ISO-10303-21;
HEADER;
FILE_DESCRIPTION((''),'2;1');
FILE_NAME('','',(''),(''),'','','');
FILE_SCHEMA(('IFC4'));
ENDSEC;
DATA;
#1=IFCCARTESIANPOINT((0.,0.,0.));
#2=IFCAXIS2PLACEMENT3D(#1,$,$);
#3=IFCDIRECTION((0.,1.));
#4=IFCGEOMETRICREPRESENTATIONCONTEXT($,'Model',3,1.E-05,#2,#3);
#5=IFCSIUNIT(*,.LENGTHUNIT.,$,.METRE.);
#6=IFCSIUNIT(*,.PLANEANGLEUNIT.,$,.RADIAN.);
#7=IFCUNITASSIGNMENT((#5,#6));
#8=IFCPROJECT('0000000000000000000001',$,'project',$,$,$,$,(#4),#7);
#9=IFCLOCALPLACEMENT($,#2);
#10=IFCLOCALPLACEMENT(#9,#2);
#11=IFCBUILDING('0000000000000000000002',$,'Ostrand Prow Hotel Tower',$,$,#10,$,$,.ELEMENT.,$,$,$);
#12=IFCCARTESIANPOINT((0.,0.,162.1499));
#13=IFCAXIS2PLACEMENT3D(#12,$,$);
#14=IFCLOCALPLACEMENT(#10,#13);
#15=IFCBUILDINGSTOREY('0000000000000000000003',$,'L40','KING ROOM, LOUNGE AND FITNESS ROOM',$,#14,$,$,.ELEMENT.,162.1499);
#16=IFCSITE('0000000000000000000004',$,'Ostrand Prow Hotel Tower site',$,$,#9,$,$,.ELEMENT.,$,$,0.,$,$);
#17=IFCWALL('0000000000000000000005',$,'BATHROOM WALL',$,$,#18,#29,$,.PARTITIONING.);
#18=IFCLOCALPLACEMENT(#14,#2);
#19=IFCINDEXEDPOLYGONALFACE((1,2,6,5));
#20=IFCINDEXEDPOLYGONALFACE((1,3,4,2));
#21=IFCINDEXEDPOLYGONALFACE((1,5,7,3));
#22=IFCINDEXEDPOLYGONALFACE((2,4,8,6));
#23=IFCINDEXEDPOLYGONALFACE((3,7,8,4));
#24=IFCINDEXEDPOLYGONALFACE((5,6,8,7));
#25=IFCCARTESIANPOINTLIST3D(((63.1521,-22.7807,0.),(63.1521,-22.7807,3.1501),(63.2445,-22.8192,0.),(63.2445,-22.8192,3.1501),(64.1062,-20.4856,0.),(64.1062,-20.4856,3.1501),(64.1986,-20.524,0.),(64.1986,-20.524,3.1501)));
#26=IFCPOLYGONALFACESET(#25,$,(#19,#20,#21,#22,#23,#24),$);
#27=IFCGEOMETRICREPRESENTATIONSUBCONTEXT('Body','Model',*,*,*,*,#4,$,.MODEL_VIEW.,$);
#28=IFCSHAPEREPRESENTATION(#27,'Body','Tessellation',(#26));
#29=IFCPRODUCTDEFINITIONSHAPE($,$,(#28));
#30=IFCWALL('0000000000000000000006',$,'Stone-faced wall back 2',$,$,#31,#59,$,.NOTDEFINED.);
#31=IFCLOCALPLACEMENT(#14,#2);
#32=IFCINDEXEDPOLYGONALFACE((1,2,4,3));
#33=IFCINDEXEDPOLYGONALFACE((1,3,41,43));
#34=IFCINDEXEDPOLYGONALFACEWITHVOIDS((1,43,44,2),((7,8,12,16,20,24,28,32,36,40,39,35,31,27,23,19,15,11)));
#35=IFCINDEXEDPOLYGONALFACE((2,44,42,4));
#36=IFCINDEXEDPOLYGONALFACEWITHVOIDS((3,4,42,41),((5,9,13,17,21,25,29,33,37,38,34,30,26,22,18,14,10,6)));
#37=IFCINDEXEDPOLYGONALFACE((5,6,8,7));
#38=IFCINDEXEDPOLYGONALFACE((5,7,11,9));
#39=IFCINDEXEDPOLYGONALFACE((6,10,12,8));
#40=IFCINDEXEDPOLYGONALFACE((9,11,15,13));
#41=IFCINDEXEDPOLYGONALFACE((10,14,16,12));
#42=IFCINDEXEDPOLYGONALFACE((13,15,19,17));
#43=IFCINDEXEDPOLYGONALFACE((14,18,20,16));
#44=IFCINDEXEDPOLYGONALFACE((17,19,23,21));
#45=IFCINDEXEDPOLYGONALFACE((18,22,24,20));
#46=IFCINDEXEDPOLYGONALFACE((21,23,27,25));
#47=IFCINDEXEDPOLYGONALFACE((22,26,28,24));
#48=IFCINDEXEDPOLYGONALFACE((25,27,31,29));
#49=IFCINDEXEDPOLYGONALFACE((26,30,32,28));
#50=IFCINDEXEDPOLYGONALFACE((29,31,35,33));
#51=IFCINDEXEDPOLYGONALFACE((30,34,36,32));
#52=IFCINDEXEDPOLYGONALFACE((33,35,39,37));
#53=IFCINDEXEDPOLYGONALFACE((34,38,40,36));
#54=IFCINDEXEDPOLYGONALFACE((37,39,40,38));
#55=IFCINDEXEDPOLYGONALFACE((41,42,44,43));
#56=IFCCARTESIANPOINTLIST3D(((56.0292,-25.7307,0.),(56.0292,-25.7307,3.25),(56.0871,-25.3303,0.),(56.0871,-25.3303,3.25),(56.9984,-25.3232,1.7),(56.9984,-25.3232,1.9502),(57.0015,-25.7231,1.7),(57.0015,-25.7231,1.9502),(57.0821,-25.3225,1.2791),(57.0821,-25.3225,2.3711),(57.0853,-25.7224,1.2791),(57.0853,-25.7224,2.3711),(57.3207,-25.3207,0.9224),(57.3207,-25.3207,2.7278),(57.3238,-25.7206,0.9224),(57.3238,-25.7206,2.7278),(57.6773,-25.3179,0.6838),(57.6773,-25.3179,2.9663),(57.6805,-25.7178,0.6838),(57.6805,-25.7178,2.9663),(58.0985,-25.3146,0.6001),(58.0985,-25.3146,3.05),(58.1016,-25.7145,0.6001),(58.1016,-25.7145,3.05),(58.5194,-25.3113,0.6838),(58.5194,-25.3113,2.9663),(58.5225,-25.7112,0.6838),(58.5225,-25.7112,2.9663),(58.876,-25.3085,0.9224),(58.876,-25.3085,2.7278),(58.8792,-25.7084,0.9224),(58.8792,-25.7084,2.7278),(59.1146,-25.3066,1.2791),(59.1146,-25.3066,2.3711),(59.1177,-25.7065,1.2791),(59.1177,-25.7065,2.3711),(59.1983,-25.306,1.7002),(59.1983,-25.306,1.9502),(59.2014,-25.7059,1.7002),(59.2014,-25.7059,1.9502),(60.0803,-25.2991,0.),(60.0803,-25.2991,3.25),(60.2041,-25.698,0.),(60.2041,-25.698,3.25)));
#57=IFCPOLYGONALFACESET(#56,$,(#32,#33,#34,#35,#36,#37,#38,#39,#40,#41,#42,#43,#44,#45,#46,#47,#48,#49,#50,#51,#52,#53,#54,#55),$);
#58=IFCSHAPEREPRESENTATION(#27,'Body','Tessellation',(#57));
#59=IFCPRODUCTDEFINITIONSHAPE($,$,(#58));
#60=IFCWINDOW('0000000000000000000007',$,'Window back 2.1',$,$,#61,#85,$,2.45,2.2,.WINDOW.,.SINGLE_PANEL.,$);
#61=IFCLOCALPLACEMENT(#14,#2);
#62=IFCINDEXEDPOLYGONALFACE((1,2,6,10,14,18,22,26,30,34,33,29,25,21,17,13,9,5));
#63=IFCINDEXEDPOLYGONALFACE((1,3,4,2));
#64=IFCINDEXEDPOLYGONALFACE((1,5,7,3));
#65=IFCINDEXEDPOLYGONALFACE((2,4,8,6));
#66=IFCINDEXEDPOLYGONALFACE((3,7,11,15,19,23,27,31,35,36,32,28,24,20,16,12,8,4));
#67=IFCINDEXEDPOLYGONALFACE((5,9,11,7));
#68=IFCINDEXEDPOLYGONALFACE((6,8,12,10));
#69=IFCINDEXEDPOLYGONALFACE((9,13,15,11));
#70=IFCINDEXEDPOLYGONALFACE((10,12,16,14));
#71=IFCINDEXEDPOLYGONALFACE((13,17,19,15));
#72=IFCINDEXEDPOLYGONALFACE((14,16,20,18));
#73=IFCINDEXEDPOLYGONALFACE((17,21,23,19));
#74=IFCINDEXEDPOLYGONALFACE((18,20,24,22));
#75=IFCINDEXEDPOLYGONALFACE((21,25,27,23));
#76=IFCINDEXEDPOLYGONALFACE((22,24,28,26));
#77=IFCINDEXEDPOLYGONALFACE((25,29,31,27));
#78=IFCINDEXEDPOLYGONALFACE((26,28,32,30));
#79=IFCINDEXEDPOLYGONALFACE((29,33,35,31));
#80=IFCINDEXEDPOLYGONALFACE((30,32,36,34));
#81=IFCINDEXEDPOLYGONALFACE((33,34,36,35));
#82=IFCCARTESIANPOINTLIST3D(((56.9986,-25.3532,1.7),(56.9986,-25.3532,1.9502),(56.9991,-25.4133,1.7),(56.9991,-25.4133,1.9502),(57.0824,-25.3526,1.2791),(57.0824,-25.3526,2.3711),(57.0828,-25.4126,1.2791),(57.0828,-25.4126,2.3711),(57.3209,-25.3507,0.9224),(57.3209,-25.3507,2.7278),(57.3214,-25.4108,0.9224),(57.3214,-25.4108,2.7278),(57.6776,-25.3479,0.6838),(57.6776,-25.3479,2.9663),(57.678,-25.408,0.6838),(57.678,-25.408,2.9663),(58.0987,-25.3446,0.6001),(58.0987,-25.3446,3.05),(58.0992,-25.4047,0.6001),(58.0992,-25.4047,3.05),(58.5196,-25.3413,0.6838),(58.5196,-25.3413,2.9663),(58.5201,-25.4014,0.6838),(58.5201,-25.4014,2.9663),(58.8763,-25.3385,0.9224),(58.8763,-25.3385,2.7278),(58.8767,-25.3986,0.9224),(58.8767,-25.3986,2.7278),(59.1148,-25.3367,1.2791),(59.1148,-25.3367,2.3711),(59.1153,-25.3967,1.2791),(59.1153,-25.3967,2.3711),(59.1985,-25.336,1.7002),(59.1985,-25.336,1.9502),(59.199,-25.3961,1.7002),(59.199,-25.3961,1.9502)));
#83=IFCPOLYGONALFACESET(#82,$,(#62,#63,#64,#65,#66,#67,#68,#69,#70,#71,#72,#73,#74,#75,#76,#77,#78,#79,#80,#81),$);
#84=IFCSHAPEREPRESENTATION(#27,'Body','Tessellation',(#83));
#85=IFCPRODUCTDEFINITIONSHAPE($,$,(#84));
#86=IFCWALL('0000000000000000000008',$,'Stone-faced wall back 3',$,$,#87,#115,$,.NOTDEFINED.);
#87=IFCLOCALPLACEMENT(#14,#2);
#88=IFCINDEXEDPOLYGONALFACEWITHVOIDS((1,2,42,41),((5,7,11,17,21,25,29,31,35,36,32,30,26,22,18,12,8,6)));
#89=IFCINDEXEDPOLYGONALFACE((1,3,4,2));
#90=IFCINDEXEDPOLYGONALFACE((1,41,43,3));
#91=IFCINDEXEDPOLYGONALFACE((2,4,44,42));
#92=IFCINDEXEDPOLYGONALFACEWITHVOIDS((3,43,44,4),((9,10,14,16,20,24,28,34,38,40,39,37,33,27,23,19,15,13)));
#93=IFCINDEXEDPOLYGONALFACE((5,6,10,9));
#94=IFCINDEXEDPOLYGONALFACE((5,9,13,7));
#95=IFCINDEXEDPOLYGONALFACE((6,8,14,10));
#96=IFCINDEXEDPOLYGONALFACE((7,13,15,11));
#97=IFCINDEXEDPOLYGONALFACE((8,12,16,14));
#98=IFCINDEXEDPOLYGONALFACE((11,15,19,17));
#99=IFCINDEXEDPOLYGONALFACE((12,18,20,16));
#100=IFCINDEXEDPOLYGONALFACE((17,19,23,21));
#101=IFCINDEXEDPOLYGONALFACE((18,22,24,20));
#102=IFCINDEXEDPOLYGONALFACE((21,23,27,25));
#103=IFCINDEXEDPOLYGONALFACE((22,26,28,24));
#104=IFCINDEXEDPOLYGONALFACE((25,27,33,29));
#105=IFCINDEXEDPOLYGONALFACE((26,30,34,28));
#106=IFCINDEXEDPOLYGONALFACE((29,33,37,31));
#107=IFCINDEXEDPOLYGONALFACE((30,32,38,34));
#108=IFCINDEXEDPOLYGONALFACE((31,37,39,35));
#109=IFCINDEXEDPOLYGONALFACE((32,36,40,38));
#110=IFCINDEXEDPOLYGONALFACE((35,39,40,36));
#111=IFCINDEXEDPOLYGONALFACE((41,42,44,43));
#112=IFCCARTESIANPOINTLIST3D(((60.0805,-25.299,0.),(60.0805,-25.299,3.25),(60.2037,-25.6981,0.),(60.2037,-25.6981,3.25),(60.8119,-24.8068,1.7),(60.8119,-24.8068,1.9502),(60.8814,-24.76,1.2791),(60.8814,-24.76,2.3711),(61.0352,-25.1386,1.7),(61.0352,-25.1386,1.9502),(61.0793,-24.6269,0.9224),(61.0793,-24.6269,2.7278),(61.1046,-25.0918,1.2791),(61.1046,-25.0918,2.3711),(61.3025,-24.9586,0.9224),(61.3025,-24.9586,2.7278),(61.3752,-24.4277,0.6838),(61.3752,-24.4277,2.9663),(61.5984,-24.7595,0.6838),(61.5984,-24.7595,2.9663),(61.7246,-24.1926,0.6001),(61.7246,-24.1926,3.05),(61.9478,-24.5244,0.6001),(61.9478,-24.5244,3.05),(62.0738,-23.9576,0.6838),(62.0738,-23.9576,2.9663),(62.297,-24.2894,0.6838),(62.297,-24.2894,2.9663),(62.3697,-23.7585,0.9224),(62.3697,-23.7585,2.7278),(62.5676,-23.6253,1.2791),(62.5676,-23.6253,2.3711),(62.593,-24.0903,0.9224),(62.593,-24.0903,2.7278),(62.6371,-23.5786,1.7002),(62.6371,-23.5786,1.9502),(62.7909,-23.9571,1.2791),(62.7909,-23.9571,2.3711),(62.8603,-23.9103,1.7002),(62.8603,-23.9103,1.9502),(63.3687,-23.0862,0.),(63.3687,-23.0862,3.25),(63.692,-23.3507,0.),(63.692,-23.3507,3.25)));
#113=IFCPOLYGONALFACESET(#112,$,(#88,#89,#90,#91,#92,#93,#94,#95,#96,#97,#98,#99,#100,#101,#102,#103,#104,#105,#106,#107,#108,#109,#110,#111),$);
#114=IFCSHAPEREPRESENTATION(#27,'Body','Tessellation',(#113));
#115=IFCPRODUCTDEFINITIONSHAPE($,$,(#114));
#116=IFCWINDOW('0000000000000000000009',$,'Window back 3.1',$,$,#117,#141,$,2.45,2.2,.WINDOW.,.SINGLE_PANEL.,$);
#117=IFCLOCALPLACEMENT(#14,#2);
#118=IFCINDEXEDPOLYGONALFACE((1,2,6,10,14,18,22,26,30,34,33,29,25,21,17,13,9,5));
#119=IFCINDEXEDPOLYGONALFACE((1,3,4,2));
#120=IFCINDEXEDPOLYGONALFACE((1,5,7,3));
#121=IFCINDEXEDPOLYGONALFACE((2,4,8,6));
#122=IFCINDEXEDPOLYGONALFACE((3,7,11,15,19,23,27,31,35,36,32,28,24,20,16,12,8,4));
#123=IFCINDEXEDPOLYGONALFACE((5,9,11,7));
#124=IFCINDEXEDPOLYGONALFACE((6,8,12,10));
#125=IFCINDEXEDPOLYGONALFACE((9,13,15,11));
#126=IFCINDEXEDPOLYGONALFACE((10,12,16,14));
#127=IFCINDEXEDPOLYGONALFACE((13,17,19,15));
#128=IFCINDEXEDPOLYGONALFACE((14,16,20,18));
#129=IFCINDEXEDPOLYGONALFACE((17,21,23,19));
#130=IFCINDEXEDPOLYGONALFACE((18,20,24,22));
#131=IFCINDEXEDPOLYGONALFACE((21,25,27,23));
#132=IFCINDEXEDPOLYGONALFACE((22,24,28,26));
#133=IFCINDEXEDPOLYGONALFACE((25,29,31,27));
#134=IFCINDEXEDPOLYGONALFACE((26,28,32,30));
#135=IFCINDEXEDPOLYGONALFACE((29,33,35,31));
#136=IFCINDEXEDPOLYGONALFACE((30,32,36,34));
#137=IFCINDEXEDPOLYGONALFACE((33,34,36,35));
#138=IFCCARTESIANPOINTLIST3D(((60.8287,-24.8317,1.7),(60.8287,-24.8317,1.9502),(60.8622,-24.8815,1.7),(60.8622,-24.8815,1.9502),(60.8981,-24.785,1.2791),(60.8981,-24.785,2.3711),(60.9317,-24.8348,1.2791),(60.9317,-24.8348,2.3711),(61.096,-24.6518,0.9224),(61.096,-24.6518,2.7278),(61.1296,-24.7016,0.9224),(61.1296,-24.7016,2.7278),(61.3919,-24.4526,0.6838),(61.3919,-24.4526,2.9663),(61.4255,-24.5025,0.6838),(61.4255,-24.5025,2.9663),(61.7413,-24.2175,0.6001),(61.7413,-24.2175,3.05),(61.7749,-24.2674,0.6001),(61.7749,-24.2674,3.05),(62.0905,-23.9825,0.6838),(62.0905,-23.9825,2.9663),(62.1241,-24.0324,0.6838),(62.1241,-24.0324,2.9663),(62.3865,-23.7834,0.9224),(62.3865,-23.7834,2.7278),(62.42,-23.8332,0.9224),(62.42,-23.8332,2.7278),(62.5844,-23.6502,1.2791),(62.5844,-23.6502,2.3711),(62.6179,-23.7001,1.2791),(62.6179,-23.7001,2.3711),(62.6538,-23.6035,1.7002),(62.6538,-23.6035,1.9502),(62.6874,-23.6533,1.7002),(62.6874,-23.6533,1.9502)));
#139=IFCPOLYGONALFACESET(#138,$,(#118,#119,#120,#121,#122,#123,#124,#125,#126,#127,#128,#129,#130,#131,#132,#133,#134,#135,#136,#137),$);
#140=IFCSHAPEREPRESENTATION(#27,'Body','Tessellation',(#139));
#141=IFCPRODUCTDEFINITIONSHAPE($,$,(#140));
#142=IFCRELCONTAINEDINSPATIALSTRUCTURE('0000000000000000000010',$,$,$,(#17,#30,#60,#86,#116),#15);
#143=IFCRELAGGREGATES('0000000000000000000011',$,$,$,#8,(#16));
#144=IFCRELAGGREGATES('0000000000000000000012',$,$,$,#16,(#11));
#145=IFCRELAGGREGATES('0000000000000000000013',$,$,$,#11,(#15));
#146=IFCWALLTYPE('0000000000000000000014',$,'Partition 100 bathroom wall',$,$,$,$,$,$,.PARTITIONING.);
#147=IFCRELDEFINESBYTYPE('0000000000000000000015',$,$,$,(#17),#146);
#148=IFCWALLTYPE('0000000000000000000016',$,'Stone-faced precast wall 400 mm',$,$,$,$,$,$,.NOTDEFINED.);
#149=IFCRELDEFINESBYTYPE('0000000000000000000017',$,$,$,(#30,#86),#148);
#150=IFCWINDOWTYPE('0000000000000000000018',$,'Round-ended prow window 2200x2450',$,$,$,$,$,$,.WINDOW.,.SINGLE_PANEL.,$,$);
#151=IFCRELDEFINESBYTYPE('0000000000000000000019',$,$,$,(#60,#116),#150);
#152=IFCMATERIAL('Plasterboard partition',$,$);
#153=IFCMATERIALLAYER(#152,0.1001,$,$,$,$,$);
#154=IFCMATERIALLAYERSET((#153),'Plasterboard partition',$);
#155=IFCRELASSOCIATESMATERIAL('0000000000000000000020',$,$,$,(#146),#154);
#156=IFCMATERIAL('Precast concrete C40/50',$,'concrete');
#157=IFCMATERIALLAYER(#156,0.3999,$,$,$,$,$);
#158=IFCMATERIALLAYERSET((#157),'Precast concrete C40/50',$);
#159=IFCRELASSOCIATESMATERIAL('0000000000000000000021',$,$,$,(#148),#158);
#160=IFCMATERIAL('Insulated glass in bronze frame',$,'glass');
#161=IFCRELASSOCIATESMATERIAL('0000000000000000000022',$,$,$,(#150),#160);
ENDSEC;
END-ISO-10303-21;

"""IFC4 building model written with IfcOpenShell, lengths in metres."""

from ifc_helpers import new_model, si_unit, direction, frame, frame_2d, origin, place, context, subcontext, project, spatial, polyline, rectangle, outline, extrude, material, layer, layer_set, type_object, element, fill, save


model = new_model("IFC4")

# Units and contexts
model_context = context("Model", 3, precision=1e-05, world=origin(), true_north=direction((0.0, 1.0)))
body_context = subcontext(model_context, "Body", "Model", "MODEL_VIEW")
ifc_project = project(units=[si_unit("LENGTHUNIT", "METRE"), si_unit("PLANEANGLEUNIT", "RADIAN")], contexts=[model_context])

# Site, building, storey
site_placement = place(None, origin())
site = spatial("IfcSite", under=ifc_project, at=site_placement, Name="Ostrand Prow Hotel Tower site", CompositionType="ELEMENT", RefElevation=0.0)
building_placement = place(site_placement, origin())
building = spatial("IfcBuilding", under=site, at=building_placement, Name="Ostrand Prow Hotel Tower", CompositionType="ELEMENT")
storey_placement = place(building_placement, frame((0.0, 0.0, 162.1499)))
storey = spatial("IfcBuildingStorey", under=building, at=storey_placement, Name="L40", Description="KING ROOM, LOUNGE AND FITNESS ROOM", CompositionType="ELEMENT", Elevation=162.1499)

# Shared definitions
ifc_material_1 = material(Name="Plasterboard partition")
ifc_layer_1 = layer(ifc_material_1, 0.1001)
ifc_layer_set_1 = layer_set([ifc_layer_1], Name="Plasterboard partition")
wall_type_1 = type_object("IfcWallType", Name="Partition 100 bathroom wall", PredefinedType="PARTITIONING", material=ifc_layer_set_1)

# Wall
wall_1_placement = place(storey_placement, frame((64.1523, -20.5049, 0.0), z_axis=(0.0, 0.0, 1.0), x_axis=(-0.383855, -0.923393, 0.0)))
element("IfcWall", 1, at=wall_1_placement, inside=storey, type_object=wall_type_1, Name="BATHROOM WALL", PredefinedType="PARTITIONING", context=body_context, shape_type="SweptSolid", body=[
    extrude(rectangle(XDim=2.4856, YDim=0.1001, at=frame_2d((1.2427, 0.0))), origin(), (0.0, 0.0, 1.0), 3.1501),
])

# Walls, openings, windows
ifc_material_2 = material(Name="Precast concrete C40/50", Category="concrete")
ifc_layer_2 = layer(ifc_material_2, 0.3999)
ifc_layer_set_2 = layer_set([ifc_layer_2], Name="Precast concrete C40/50")
wall_type_2 = type_object("IfcWallType", Name="Stone-faced precast wall 400 mm", PredefinedType="NOTDEFINED", material=ifc_layer_set_2)
wall_2_placement = place(storey_placement, frame((56.0581, -25.5305, 0.0), z_axis=(0.0, 0.0, 1.0), x_axis=(0.999969, 0.007831, 0.0)))
wall_2 = element("IfcWall", 2, at=wall_2_placement, inside=storey, type_object=wall_type_2, Name="Stone-faced wall back 2", PredefinedType="NOTDEFINED", context=body_context, shape_type="SweptSolid", body=[
    extrude(outline(polyline([(-0.0305, -0.2), (4.1445, -0.2), (4.0239, 0.2), (0.0305, 0.2), (-0.0305, -0.2)])), origin(), (0.0, 0.0, 1.0), 3.25),
])
opening_1_placement = place(wall_2_placement, frame((0.9419, 0.0, 0.6001)))
opening_1 = element("IfcOpeningElement", 3, at=opening_1_placement, cuts=wall_2, PredefinedType="OPENING", context=body_context, shape_type="SweptSolid", body=[
    extrude(outline(polyline([(0.0, 1.3501), (0.0837, 1.771), (0.3223, 2.1277), (0.679, 2.3662), (1.1001, 2.45), (1.521, 2.3662), (1.8777, 2.1277), (2.1162, 1.771), (2.2, 1.3501), (2.2, 1.1001), (2.1162, 0.679), (1.8777, 0.3223), (1.521, 0.0837), (1.1001, 0.0), (0.679, 0.0837), (0.3223, 0.3223), (0.0837, 0.679), (0.0, 1.0999), (0.0, 1.3501)])), frame((0.0, 0.21, 0.0), z_axis=(0.0, -1.0, 0.0), x_axis=(1.0, 0.0, 0.0)), (0.0, 0.0, 1.0), 0.4199),
])
ifc_material_3 = material(Name="Insulated glass in bronze frame", Category="glass")
window_type = type_object("IfcWindowType", Name="Round-ended prow window 2200x2450", PartitioningType="SINGLE_PANEL", PredefinedType="WINDOW", material=ifc_material_3)
window_1_placement = place(opening_1_placement, origin())
window_1 = element("IfcWindow", 4, at=window_1_placement, inside=storey, type_object=window_type, Name="Window back 2.1", OverallHeight=2.45, OverallWidth=2.2, PartitioningType="SINGLE_PANEL", PredefinedType="WINDOW", context=body_context, shape_type="SweptSolid", body=[
    extrude(outline(polyline([(0.0, 1.3501), (0.0837, 1.771), (0.3223, 2.1277), (0.679, 2.3662), (1.1001, 2.45), (1.521, 2.3662), (1.8777, 2.1277), (2.1162, 1.771), (2.2, 1.3501), (2.2, 1.1001), (2.1162, 0.679), (1.8777, 0.3223), (1.521, 0.0837), (1.1001, 0.0), (0.679, 0.0837), (0.3223, 0.3223), (0.0837, 0.679), (0.0, 1.0999), (0.0, 1.3501)])), frame((0.0, 0.1699, 0.0), z_axis=(0.0, -1.0, 0.0), x_axis=(1.0, 0.0, 0.0)), (0.0, 0.0, 1.0), 0.0601),
])
fill(opening_1, window_1)
wall_3_placement = place(storey_placement, frame((60.1421, -25.4985, 0.0), z_axis=(0.0, 0.0, 1.0), x_axis=(0.829642, 0.558296, 0.0)))
wall_3 = element("IfcWall", 5, at=wall_3_placement, inside=storey, type_object=wall_type_2, Name="Stone-faced wall back 3", PredefinedType="NOTDEFINED", context=body_context, shape_type="SweptSolid", body=[
    extrude(outline(polyline([(-0.0603, -0.2), (4.1443, -0.2), (4.0237, 0.2), (0.0603, 0.2), (-0.0603, -0.2)])), origin(), (0.0, 0.0, 1.0), 3.25),
])
opening_2_placement = place(wall_3_placement, frame((0.9419, 0.0, 0.6001)))
opening_2 = element("IfcOpeningElement", 6, at=opening_2_placement, cuts=wall_3, PredefinedType="OPENING", context=body_context, shape_type="SweptSolid", body=[
    extrude(outline(polyline([(0.0, 1.3501), (0.0837, 1.771), (0.3223, 2.1277), (0.679, 2.3662), (1.1001, 2.45), (1.521, 2.3662), (1.8777, 2.1277), (2.1162, 1.771), (2.2, 1.3501), (2.2, 1.1001), (2.1162, 0.679), (1.8777, 0.3223), (1.521, 0.0837), (1.1001, 0.0), (0.679, 0.0837), (0.3223, 0.3223), (0.0837, 0.679), (0.0, 1.0999), (0.0, 1.3501)])), frame((0.0, 0.21, 0.0), z_axis=(0.0, -1.0, 0.0), x_axis=(1.0, 0.0, 0.0)), (0.0, 0.0, 1.0), 0.4199),
])
window_2_placement = place(opening_2_placement, origin())
window_2 = element("IfcWindow", 7, at=window_2_placement, inside=storey, type_object=window_type, Name="Window back 3.1", OverallHeight=2.45, OverallWidth=2.2, PartitioningType="SINGLE_PANEL", PredefinedType="WINDOW", context=body_context, shape_type="SweptSolid", body=[
    extrude(outline(polyline([(0.0, 1.3501), (0.0837, 1.771), (0.3223, 2.1277), (0.679, 2.3662), (1.1001, 2.45), (1.521, 2.3662), (1.8777, 2.1277), (2.1162, 1.771), (2.2, 1.3501), (2.2, 1.1001), (2.1162, 0.679), (1.8777, 0.3223), (1.521, 0.0837), (1.1001, 0.0), (0.679, 0.0837), (0.3223, 0.3223), (0.0837, 0.679), (0.0, 1.0999), (0.0, 1.3501)])), frame((0.0, 0.1699, 0.0), z_axis=(0.0, -1.0, 0.0), x_axis=(1.0, 0.0, 0.0)), (0.0, 0.0, 1.0), 0.0601),
])
fill(opening_2, window_2)

save(model, "model.ifc")
